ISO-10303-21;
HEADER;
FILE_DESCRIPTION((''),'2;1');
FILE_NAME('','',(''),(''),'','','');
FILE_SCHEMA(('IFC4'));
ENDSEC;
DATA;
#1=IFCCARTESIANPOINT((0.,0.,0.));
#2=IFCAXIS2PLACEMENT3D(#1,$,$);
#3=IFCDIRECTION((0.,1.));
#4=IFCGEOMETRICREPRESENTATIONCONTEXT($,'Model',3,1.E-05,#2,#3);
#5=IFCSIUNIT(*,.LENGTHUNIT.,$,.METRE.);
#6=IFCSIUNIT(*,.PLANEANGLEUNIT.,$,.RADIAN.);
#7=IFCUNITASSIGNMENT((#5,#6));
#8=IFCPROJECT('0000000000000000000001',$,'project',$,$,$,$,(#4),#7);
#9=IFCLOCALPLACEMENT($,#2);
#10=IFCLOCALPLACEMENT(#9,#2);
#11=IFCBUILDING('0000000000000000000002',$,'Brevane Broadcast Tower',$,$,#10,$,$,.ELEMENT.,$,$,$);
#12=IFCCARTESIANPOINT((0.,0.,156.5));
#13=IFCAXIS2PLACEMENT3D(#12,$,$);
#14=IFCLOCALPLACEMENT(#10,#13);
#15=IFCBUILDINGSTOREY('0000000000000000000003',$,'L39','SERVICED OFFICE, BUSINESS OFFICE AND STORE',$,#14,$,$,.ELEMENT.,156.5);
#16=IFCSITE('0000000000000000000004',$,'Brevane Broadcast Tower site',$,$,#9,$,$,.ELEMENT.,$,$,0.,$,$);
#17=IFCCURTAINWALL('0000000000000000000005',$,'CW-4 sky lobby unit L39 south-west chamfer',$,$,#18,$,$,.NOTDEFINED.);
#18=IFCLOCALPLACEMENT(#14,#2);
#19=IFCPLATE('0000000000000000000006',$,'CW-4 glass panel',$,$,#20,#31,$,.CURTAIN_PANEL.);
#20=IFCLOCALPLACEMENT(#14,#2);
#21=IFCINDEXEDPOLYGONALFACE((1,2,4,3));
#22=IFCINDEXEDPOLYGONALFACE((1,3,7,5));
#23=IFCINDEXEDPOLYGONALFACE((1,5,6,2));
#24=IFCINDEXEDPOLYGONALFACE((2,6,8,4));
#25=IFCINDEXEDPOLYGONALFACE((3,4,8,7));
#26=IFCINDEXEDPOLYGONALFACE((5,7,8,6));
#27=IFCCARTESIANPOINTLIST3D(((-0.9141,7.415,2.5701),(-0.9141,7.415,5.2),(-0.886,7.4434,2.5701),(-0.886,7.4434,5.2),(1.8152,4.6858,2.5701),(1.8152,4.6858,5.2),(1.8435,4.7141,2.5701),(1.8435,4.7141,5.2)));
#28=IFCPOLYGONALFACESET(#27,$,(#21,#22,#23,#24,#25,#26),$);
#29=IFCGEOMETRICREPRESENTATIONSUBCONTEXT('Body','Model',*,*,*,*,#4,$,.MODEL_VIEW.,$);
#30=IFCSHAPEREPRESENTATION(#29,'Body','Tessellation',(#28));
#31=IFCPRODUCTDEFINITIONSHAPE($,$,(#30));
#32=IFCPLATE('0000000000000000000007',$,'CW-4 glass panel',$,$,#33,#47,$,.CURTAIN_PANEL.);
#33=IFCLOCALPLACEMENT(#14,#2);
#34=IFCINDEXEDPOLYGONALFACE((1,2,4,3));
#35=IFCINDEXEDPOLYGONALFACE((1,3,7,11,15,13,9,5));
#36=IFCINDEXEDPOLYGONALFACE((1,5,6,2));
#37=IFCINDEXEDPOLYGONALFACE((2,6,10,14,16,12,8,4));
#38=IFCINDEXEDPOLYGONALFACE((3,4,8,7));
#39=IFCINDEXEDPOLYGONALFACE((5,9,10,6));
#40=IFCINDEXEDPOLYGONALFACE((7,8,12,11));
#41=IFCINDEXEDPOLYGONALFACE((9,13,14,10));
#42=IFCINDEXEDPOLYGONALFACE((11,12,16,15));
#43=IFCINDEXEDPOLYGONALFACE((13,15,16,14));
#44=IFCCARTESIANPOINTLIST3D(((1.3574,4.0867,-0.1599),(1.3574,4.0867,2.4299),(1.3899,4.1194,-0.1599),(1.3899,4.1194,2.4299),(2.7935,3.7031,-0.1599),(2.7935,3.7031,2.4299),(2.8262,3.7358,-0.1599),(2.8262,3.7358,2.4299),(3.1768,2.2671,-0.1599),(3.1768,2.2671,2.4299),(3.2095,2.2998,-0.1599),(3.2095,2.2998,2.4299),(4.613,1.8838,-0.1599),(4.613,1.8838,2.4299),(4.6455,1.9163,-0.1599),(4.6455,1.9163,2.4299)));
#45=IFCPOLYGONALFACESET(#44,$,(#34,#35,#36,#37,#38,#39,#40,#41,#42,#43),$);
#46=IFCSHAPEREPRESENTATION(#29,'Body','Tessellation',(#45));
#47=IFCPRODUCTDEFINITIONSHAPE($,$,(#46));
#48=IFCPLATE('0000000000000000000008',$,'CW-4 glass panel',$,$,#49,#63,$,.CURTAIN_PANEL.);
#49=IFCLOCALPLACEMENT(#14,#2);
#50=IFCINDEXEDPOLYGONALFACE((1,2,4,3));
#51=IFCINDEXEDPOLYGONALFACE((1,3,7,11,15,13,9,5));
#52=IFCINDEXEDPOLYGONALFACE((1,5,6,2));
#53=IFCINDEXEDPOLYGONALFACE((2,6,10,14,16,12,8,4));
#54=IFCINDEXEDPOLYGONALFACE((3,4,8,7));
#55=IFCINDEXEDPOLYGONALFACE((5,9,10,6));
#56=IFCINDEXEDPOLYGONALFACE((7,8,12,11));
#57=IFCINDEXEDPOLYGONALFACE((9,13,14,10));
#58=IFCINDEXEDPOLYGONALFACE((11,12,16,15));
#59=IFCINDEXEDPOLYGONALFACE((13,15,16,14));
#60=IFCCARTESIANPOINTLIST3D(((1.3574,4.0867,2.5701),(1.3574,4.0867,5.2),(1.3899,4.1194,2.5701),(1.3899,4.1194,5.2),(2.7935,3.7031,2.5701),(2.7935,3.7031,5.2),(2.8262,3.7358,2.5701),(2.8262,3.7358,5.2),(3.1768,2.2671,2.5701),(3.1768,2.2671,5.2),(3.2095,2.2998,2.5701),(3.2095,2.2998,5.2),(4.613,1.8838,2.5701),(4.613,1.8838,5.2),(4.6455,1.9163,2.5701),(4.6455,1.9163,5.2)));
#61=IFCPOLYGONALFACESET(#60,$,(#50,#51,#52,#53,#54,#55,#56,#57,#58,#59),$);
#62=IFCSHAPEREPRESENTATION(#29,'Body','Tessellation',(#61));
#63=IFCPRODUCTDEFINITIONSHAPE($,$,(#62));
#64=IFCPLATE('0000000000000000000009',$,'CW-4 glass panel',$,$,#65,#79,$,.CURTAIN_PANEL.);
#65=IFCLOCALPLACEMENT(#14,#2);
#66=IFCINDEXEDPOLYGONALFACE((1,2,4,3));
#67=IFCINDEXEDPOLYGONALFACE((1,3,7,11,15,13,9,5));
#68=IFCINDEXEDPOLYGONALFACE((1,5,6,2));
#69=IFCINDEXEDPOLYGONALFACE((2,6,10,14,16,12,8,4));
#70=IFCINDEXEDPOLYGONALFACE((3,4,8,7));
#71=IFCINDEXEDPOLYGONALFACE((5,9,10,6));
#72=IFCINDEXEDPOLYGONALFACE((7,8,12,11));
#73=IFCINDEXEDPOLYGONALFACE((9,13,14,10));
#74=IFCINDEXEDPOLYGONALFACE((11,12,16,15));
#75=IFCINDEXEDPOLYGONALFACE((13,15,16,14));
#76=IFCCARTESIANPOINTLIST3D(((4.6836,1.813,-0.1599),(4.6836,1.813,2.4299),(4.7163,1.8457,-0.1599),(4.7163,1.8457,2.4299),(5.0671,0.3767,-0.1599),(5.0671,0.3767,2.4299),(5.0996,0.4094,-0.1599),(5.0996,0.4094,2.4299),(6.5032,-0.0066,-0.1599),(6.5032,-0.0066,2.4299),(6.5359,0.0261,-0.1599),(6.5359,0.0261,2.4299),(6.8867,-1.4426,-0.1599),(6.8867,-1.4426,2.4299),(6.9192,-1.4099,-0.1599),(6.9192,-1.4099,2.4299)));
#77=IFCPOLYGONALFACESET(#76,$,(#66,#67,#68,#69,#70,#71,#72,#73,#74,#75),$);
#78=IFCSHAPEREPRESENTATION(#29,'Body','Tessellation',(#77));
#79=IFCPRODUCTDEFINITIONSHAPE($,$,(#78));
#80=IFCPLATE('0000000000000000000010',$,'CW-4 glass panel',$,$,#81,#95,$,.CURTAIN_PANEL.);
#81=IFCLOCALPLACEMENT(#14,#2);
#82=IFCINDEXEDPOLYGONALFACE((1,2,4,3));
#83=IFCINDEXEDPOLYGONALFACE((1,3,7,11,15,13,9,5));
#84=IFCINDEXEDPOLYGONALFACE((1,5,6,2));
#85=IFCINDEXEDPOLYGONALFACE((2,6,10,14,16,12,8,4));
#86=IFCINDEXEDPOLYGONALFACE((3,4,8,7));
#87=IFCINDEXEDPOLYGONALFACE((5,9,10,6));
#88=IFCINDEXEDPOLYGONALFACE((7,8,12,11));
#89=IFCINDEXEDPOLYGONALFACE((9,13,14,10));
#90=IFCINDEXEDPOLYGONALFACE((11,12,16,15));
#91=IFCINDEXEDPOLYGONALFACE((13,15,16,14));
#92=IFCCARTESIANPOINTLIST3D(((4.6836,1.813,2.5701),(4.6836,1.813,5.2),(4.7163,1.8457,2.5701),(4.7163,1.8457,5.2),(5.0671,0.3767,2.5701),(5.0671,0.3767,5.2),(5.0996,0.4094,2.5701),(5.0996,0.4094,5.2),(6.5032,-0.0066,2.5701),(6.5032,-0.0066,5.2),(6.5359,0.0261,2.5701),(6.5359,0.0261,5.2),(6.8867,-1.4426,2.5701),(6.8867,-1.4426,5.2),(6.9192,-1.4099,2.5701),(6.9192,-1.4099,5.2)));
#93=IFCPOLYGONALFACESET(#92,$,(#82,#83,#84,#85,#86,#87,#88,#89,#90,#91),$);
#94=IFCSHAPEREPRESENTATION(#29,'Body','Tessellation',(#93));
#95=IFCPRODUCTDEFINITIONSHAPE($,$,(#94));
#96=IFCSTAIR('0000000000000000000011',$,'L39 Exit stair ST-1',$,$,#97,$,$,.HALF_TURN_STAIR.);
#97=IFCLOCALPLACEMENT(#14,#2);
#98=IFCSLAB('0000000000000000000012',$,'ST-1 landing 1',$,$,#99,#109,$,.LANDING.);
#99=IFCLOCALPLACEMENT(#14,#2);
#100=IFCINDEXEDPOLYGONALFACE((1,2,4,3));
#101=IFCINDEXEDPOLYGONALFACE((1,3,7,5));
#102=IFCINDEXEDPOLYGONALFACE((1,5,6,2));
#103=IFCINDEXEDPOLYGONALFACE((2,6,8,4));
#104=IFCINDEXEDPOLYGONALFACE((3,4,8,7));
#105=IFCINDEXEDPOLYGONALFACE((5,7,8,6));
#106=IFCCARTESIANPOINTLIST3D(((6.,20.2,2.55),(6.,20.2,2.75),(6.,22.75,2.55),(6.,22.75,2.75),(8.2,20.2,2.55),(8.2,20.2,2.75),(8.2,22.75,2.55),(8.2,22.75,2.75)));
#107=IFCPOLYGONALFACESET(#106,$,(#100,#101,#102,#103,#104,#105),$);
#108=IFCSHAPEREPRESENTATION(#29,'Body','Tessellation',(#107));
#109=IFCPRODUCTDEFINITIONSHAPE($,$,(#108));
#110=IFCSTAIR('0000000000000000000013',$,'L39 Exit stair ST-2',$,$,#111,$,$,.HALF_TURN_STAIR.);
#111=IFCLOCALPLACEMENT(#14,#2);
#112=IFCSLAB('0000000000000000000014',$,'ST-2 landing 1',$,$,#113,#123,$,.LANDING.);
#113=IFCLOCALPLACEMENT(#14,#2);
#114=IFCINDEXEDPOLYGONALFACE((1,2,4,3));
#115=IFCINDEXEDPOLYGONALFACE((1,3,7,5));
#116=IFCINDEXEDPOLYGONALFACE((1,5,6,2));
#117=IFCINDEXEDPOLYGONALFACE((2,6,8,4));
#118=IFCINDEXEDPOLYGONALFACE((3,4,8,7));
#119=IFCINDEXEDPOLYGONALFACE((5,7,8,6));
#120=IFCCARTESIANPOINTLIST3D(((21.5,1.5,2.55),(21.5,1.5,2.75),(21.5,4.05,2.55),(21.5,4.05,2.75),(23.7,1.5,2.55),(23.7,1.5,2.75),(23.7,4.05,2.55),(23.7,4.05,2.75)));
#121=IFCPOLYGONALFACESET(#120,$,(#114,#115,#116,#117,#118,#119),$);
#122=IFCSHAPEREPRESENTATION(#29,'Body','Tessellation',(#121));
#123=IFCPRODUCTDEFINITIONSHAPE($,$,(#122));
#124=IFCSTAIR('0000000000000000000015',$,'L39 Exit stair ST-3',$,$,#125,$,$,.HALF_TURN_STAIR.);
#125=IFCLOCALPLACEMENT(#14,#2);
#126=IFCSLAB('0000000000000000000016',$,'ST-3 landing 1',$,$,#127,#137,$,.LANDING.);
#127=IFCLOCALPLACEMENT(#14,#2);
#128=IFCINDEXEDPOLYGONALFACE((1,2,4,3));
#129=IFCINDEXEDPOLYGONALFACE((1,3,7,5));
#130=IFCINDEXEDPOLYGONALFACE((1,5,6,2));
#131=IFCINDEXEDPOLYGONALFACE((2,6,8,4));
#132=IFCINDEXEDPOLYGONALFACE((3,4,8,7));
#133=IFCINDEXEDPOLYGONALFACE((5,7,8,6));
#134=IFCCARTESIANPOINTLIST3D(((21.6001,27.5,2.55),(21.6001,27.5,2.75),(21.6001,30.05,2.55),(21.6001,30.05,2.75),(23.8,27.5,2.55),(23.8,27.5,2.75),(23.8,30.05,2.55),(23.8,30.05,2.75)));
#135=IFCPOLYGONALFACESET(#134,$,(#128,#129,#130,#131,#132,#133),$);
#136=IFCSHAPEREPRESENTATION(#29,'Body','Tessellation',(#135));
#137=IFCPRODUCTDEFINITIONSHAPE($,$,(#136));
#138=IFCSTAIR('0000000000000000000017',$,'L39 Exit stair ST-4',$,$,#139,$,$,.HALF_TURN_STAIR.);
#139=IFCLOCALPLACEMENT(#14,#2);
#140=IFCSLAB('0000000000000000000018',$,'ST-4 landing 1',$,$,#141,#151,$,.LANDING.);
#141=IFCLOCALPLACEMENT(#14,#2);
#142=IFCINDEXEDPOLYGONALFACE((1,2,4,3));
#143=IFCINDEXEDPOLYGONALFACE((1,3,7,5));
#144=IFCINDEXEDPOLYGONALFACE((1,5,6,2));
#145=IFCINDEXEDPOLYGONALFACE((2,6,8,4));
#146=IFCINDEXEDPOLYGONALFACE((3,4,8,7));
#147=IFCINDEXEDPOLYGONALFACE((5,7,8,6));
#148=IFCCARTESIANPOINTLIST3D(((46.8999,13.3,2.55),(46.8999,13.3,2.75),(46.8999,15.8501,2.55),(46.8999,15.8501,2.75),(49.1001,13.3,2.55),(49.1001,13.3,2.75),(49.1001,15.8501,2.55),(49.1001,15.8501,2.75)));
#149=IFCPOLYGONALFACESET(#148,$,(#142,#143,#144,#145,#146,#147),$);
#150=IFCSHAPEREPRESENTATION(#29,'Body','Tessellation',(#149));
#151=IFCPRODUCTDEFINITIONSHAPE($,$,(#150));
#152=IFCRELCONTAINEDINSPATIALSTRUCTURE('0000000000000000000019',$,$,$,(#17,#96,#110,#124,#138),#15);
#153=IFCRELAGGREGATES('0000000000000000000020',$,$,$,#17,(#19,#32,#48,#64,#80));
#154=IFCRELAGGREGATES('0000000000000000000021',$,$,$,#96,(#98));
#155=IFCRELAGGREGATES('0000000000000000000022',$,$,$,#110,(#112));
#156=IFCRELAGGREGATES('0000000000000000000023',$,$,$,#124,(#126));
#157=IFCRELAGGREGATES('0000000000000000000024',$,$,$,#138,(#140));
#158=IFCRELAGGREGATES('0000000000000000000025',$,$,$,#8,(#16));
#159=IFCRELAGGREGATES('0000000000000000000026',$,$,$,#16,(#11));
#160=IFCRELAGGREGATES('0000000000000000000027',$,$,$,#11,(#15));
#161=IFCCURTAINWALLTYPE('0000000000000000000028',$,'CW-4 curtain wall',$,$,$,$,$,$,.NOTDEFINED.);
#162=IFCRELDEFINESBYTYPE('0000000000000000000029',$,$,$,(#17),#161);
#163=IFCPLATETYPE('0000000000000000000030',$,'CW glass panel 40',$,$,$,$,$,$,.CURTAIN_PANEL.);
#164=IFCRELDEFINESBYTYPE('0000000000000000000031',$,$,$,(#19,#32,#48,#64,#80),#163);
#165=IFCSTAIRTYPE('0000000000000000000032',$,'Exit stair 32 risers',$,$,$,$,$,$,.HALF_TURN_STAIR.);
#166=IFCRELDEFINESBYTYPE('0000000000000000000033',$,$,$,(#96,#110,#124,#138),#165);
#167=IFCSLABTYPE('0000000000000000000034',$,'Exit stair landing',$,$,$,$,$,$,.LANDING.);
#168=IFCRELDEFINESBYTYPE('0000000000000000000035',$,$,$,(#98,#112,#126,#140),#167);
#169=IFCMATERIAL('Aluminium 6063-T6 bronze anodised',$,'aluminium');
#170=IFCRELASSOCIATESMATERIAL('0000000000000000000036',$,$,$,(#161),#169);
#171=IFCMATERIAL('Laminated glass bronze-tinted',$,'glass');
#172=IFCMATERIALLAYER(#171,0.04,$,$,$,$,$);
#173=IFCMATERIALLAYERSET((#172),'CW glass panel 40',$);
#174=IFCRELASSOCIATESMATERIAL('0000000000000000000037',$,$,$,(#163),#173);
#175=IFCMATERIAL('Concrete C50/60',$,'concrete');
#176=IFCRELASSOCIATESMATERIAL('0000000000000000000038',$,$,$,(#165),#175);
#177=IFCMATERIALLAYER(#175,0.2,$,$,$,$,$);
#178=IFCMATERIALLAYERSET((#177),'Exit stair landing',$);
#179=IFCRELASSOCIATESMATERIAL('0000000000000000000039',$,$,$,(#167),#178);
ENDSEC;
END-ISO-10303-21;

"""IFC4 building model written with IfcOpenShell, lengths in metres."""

from ifc_helpers import new_model, si_unit, direction, frame, origin, place, context, subcontext, project, spatial, polyline, outline, extrude, material, layer, layer_set, type_object, element, aggregate, save


model = new_model("IFC4")

# Units and contexts
model_context = context("Model", 3, precision=1e-05, world=origin(), true_north=direction((0.0, 1.0)))
body_context = subcontext(model_context, "Body", "Model", "MODEL_VIEW")
ifc_project = project(units=[si_unit("LENGTHUNIT", "METRE"), si_unit("PLANEANGLEUNIT", "RADIAN")], contexts=[model_context])

# Site, building, storey
site_placement = place(None, origin())
site = spatial("IfcSite", under=ifc_project, at=site_placement, Name="Brevane Broadcast Tower site", CompositionType="ELEMENT", RefElevation=0.0)
building_placement = place(site_placement, origin())
building = spatial("IfcBuilding", under=site, at=building_placement, Name="Brevane Broadcast Tower", CompositionType="ELEMENT")
storey_placement = place(building_placement, frame((0.0, 0.0, 156.5)))
storey = spatial("IfcBuildingStorey", under=building, at=storey_placement, Name="L39", Description="SERVICED OFFICE, BUSINESS OFFICE AND STORE", CompositionType="ELEMENT", Elevation=156.5)

# Curtain wall, plates
ifc_material_1 = material(Name="Aluminium 6063-T6 bronze anodised", Category="aluminium")
curtain_wall_type = type_object("IfcCurtainWallType", Name="CW-4 curtain wall", PredefinedType="NOTDEFINED", material=ifc_material_1)
curtain_wall_1_placement = place(storey_placement, origin())
curtain_wall_1 = element("IfcCurtainWall", 1, at=curtain_wall_1_placement, inside=storey, type_object=curtain_wall_type, Name="CW-4 sky lobby unit L39 south-west chamfer", PredefinedType="NOTDEFINED")
ifc_material_2 = material(Name="Laminated glass bronze-tinted", Category="glass")
ifc_layer_1 = layer(ifc_material_2, 0.04)
ifc_layer_set_1 = layer_set([ifc_layer_1], Name="CW glass panel 40")
plate_type = type_object("IfcPlateType", Name="CW glass panel 40", PredefinedType="CURTAIN_PANEL", material=ifc_layer_set_1)
plate_1_placement = place(storey_placement, frame((0.0, 0.0, 2.5701)))
plate_1 = element("IfcPlate", 2, at=plate_1_placement, type_object=plate_type, Name="CW-4 glass panel", PredefinedType="CURTAIN_PANEL", context=body_context, shape_type="SweptSolid", body=[
    extrude(outline(polyline([(-0.886, 7.4434), (1.8435, 4.7141), (1.8152, 4.6858), (-0.9141, 7.415), (-0.886, 7.4434)])), origin(), (0.0, 0.0, 1.0), 2.6299),
])
plate_2_placement = place(storey_placement, frame((0.0, 0.0, -0.1599)))
plate_2 = element("IfcPlate", 3, at=plate_2_placement, type_object=plate_type, Name="CW-4 glass panel", PredefinedType="CURTAIN_PANEL", context=body_context, shape_type="SweptSolid", body=[
    extrude(outline(polyline([(1.3899, 4.1194), (1.3574, 4.0867), (2.7935, 3.7031), (3.1768, 2.2671), (4.613, 1.8838), (4.6455, 1.9163), (3.2095, 2.2998), (2.8262, 3.7358), (1.3899, 4.1194)])), origin(), (0.0, 0.0, 1.0), 2.5898),
])
plate_3_placement = place(storey_placement, frame((0.0, 0.0, 2.5701)))
plate_3 = element("IfcPlate", 4, at=plate_3_placement, type_object=plate_type, Name="CW-4 glass panel", PredefinedType="CURTAIN_PANEL", context=body_context, shape_type="SweptSolid", body=[
    extrude(outline(polyline([(1.3899, 4.1194), (1.3574, 4.0867), (2.7935, 3.7031), (3.1768, 2.2671), (4.613, 1.8838), (4.6455, 1.9163), (3.2095, 2.2998), (2.8262, 3.7358), (1.3899, 4.1194)])), origin(), (0.0, 0.0, 1.0), 2.6299),
])
plate_4_placement = place(storey_placement, frame((0.0, 0.0, -0.1599)))
plate_4 = element("IfcPlate", 5, at=plate_4_placement, type_object=plate_type, Name="CW-4 glass panel", PredefinedType="CURTAIN_PANEL", context=body_context, shape_type="SweptSolid", body=[
    extrude(outline(polyline([(4.7163, 1.8457), (4.6836, 1.813), (5.0671, 0.3767), (6.5032, -0.0066), (6.8867, -1.4426), (6.9192, -1.4099), (6.5359, 0.0261), (5.0996, 0.4094), (4.7163, 1.8457)])), origin(), (0.0, 0.0, 1.0), 2.5898),
])
plate_5_placement = place(storey_placement, frame((0.0, 0.0, 2.5701)))
plate_5 = element("IfcPlate", 6, at=plate_5_placement, type_object=plate_type, Name="CW-4 glass panel", PredefinedType="CURTAIN_PANEL", context=body_context, shape_type="SweptSolid", body=[
    extrude(outline(polyline([(4.7163, 1.8457), (4.6836, 1.813), (5.0671, 0.3767), (6.5032, -0.0066), (6.8867, -1.4426), (6.9192, -1.4099), (6.5359, 0.0261), (5.0996, 0.4094), (4.7163, 1.8457)])), origin(), (0.0, 0.0, 1.0), 2.6299),
])
aggregate(curtain_wall_1, [plate_1, plate_2, plate_3, plate_4, plate_5])

# Stairs, slabs
ifc_material_3 = material(Name="Concrete C50/60", Category="concrete")
stair_type = type_object("IfcStairType", Name="Exit stair 32 risers", PredefinedType="HALF_TURN_STAIR", material=ifc_material_3)
stair_1_placement = place(storey_placement, origin())
stair_1 = element("IfcStair", 7, at=stair_1_placement, inside=storey, type_object=stair_type, Name="L39 Exit stair ST-1", PredefinedType="HALF_TURN_STAIR")
ifc_layer_2 = layer(ifc_material_3, 0.2)
ifc_layer_set_2 = layer_set([ifc_layer_2], Name="Exit stair landing")
slab_type_1 = type_object("IfcSlabType", Name="Exit stair landing", PredefinedType="LANDING", material=ifc_layer_set_2)
slab_1_placement = place(storey_placement, frame((0.0, 0.0, 2.55)))
slab_1 = element("IfcSlab", 8, at=slab_1_placement, type_object=slab_type_1, Name="ST-1 landing 1", PredefinedType="LANDING", context=body_context, shape_type="SweptSolid", body=[
    extrude(outline(polyline([(6.0, 20.2), (8.2, 20.2), (8.2, 22.75), (6.0, 22.75), (6.0, 20.2)])), origin(), (0.0, 0.0, 1.0), 0.2),
])
aggregate(stair_1, [slab_1])
stair_2_placement = place(storey_placement, origin())
stair_2 = element("IfcStair", 9, at=stair_2_placement, inside=storey, type_object=stair_type, Name="L39 Exit stair ST-2", PredefinedType="HALF_TURN_STAIR")
slab_2_placement = place(storey_placement, frame((0.0, 0.0, 2.55)))
slab_2 = element("IfcSlab", 10, at=slab_2_placement, type_object=slab_type_1, Name="ST-2 landing 1", PredefinedType="LANDING", context=body_context, shape_type="SweptSolid", body=[
    extrude(outline(polyline([(21.5, 1.5), (23.7, 1.5), (23.7, 4.05), (21.5, 4.05), (21.5, 1.5)])), origin(), (0.0, 0.0, 1.0), 0.2),
])
aggregate(stair_2, [slab_2])
stair_3_placement = place(storey_placement, origin())
stair_3 = element("IfcStair", 11, at=stair_3_placement, inside=storey, type_object=stair_type, Name="L39 Exit stair ST-3", PredefinedType="HALF_TURN_STAIR")
slab_3_placement = place(storey_placement, frame((0.0, 0.0, 2.55)))
slab_3 = element("IfcSlab", 12, at=slab_3_placement, type_object=slab_type_1, Name="ST-3 landing 1", PredefinedType="LANDING", context=body_context, shape_type="SweptSolid", body=[
    extrude(outline(polyline([(21.6001, 27.5), (23.8, 27.5), (23.8, 30.05), (21.6001, 30.05), (21.6001, 27.5)])), origin(), (0.0, 0.0, 1.0), 0.2),
])
aggregate(stair_3, [slab_3])
stair_4_placement = place(storey_placement, origin())
stair_4 = element("IfcStair", 13, at=stair_4_placement, inside=storey, type_object=stair_type, Name="L39 Exit stair ST-4", PredefinedType="HALF_TURN_STAIR")
slab_4_placement = place(storey_placement, frame((0.0, 0.0, 2.55)))
slab_4 = element("IfcSlab", 14, at=slab_4_placement, type_object=slab_type_1, Name="ST-4 landing 1", PredefinedType="LANDING", context=body_context, shape_type="SweptSolid", body=[
    extrude(outline(polyline([(46.8999, 13.3), (49.1001, 13.3), (49.1001, 15.8501), (46.8999, 15.8501), (46.8999, 13.3)])), origin(), (0.0, 0.0, 1.0), 0.2),
])
aggregate(stair_4, [slab_4])

save(model, "model.ifc")
